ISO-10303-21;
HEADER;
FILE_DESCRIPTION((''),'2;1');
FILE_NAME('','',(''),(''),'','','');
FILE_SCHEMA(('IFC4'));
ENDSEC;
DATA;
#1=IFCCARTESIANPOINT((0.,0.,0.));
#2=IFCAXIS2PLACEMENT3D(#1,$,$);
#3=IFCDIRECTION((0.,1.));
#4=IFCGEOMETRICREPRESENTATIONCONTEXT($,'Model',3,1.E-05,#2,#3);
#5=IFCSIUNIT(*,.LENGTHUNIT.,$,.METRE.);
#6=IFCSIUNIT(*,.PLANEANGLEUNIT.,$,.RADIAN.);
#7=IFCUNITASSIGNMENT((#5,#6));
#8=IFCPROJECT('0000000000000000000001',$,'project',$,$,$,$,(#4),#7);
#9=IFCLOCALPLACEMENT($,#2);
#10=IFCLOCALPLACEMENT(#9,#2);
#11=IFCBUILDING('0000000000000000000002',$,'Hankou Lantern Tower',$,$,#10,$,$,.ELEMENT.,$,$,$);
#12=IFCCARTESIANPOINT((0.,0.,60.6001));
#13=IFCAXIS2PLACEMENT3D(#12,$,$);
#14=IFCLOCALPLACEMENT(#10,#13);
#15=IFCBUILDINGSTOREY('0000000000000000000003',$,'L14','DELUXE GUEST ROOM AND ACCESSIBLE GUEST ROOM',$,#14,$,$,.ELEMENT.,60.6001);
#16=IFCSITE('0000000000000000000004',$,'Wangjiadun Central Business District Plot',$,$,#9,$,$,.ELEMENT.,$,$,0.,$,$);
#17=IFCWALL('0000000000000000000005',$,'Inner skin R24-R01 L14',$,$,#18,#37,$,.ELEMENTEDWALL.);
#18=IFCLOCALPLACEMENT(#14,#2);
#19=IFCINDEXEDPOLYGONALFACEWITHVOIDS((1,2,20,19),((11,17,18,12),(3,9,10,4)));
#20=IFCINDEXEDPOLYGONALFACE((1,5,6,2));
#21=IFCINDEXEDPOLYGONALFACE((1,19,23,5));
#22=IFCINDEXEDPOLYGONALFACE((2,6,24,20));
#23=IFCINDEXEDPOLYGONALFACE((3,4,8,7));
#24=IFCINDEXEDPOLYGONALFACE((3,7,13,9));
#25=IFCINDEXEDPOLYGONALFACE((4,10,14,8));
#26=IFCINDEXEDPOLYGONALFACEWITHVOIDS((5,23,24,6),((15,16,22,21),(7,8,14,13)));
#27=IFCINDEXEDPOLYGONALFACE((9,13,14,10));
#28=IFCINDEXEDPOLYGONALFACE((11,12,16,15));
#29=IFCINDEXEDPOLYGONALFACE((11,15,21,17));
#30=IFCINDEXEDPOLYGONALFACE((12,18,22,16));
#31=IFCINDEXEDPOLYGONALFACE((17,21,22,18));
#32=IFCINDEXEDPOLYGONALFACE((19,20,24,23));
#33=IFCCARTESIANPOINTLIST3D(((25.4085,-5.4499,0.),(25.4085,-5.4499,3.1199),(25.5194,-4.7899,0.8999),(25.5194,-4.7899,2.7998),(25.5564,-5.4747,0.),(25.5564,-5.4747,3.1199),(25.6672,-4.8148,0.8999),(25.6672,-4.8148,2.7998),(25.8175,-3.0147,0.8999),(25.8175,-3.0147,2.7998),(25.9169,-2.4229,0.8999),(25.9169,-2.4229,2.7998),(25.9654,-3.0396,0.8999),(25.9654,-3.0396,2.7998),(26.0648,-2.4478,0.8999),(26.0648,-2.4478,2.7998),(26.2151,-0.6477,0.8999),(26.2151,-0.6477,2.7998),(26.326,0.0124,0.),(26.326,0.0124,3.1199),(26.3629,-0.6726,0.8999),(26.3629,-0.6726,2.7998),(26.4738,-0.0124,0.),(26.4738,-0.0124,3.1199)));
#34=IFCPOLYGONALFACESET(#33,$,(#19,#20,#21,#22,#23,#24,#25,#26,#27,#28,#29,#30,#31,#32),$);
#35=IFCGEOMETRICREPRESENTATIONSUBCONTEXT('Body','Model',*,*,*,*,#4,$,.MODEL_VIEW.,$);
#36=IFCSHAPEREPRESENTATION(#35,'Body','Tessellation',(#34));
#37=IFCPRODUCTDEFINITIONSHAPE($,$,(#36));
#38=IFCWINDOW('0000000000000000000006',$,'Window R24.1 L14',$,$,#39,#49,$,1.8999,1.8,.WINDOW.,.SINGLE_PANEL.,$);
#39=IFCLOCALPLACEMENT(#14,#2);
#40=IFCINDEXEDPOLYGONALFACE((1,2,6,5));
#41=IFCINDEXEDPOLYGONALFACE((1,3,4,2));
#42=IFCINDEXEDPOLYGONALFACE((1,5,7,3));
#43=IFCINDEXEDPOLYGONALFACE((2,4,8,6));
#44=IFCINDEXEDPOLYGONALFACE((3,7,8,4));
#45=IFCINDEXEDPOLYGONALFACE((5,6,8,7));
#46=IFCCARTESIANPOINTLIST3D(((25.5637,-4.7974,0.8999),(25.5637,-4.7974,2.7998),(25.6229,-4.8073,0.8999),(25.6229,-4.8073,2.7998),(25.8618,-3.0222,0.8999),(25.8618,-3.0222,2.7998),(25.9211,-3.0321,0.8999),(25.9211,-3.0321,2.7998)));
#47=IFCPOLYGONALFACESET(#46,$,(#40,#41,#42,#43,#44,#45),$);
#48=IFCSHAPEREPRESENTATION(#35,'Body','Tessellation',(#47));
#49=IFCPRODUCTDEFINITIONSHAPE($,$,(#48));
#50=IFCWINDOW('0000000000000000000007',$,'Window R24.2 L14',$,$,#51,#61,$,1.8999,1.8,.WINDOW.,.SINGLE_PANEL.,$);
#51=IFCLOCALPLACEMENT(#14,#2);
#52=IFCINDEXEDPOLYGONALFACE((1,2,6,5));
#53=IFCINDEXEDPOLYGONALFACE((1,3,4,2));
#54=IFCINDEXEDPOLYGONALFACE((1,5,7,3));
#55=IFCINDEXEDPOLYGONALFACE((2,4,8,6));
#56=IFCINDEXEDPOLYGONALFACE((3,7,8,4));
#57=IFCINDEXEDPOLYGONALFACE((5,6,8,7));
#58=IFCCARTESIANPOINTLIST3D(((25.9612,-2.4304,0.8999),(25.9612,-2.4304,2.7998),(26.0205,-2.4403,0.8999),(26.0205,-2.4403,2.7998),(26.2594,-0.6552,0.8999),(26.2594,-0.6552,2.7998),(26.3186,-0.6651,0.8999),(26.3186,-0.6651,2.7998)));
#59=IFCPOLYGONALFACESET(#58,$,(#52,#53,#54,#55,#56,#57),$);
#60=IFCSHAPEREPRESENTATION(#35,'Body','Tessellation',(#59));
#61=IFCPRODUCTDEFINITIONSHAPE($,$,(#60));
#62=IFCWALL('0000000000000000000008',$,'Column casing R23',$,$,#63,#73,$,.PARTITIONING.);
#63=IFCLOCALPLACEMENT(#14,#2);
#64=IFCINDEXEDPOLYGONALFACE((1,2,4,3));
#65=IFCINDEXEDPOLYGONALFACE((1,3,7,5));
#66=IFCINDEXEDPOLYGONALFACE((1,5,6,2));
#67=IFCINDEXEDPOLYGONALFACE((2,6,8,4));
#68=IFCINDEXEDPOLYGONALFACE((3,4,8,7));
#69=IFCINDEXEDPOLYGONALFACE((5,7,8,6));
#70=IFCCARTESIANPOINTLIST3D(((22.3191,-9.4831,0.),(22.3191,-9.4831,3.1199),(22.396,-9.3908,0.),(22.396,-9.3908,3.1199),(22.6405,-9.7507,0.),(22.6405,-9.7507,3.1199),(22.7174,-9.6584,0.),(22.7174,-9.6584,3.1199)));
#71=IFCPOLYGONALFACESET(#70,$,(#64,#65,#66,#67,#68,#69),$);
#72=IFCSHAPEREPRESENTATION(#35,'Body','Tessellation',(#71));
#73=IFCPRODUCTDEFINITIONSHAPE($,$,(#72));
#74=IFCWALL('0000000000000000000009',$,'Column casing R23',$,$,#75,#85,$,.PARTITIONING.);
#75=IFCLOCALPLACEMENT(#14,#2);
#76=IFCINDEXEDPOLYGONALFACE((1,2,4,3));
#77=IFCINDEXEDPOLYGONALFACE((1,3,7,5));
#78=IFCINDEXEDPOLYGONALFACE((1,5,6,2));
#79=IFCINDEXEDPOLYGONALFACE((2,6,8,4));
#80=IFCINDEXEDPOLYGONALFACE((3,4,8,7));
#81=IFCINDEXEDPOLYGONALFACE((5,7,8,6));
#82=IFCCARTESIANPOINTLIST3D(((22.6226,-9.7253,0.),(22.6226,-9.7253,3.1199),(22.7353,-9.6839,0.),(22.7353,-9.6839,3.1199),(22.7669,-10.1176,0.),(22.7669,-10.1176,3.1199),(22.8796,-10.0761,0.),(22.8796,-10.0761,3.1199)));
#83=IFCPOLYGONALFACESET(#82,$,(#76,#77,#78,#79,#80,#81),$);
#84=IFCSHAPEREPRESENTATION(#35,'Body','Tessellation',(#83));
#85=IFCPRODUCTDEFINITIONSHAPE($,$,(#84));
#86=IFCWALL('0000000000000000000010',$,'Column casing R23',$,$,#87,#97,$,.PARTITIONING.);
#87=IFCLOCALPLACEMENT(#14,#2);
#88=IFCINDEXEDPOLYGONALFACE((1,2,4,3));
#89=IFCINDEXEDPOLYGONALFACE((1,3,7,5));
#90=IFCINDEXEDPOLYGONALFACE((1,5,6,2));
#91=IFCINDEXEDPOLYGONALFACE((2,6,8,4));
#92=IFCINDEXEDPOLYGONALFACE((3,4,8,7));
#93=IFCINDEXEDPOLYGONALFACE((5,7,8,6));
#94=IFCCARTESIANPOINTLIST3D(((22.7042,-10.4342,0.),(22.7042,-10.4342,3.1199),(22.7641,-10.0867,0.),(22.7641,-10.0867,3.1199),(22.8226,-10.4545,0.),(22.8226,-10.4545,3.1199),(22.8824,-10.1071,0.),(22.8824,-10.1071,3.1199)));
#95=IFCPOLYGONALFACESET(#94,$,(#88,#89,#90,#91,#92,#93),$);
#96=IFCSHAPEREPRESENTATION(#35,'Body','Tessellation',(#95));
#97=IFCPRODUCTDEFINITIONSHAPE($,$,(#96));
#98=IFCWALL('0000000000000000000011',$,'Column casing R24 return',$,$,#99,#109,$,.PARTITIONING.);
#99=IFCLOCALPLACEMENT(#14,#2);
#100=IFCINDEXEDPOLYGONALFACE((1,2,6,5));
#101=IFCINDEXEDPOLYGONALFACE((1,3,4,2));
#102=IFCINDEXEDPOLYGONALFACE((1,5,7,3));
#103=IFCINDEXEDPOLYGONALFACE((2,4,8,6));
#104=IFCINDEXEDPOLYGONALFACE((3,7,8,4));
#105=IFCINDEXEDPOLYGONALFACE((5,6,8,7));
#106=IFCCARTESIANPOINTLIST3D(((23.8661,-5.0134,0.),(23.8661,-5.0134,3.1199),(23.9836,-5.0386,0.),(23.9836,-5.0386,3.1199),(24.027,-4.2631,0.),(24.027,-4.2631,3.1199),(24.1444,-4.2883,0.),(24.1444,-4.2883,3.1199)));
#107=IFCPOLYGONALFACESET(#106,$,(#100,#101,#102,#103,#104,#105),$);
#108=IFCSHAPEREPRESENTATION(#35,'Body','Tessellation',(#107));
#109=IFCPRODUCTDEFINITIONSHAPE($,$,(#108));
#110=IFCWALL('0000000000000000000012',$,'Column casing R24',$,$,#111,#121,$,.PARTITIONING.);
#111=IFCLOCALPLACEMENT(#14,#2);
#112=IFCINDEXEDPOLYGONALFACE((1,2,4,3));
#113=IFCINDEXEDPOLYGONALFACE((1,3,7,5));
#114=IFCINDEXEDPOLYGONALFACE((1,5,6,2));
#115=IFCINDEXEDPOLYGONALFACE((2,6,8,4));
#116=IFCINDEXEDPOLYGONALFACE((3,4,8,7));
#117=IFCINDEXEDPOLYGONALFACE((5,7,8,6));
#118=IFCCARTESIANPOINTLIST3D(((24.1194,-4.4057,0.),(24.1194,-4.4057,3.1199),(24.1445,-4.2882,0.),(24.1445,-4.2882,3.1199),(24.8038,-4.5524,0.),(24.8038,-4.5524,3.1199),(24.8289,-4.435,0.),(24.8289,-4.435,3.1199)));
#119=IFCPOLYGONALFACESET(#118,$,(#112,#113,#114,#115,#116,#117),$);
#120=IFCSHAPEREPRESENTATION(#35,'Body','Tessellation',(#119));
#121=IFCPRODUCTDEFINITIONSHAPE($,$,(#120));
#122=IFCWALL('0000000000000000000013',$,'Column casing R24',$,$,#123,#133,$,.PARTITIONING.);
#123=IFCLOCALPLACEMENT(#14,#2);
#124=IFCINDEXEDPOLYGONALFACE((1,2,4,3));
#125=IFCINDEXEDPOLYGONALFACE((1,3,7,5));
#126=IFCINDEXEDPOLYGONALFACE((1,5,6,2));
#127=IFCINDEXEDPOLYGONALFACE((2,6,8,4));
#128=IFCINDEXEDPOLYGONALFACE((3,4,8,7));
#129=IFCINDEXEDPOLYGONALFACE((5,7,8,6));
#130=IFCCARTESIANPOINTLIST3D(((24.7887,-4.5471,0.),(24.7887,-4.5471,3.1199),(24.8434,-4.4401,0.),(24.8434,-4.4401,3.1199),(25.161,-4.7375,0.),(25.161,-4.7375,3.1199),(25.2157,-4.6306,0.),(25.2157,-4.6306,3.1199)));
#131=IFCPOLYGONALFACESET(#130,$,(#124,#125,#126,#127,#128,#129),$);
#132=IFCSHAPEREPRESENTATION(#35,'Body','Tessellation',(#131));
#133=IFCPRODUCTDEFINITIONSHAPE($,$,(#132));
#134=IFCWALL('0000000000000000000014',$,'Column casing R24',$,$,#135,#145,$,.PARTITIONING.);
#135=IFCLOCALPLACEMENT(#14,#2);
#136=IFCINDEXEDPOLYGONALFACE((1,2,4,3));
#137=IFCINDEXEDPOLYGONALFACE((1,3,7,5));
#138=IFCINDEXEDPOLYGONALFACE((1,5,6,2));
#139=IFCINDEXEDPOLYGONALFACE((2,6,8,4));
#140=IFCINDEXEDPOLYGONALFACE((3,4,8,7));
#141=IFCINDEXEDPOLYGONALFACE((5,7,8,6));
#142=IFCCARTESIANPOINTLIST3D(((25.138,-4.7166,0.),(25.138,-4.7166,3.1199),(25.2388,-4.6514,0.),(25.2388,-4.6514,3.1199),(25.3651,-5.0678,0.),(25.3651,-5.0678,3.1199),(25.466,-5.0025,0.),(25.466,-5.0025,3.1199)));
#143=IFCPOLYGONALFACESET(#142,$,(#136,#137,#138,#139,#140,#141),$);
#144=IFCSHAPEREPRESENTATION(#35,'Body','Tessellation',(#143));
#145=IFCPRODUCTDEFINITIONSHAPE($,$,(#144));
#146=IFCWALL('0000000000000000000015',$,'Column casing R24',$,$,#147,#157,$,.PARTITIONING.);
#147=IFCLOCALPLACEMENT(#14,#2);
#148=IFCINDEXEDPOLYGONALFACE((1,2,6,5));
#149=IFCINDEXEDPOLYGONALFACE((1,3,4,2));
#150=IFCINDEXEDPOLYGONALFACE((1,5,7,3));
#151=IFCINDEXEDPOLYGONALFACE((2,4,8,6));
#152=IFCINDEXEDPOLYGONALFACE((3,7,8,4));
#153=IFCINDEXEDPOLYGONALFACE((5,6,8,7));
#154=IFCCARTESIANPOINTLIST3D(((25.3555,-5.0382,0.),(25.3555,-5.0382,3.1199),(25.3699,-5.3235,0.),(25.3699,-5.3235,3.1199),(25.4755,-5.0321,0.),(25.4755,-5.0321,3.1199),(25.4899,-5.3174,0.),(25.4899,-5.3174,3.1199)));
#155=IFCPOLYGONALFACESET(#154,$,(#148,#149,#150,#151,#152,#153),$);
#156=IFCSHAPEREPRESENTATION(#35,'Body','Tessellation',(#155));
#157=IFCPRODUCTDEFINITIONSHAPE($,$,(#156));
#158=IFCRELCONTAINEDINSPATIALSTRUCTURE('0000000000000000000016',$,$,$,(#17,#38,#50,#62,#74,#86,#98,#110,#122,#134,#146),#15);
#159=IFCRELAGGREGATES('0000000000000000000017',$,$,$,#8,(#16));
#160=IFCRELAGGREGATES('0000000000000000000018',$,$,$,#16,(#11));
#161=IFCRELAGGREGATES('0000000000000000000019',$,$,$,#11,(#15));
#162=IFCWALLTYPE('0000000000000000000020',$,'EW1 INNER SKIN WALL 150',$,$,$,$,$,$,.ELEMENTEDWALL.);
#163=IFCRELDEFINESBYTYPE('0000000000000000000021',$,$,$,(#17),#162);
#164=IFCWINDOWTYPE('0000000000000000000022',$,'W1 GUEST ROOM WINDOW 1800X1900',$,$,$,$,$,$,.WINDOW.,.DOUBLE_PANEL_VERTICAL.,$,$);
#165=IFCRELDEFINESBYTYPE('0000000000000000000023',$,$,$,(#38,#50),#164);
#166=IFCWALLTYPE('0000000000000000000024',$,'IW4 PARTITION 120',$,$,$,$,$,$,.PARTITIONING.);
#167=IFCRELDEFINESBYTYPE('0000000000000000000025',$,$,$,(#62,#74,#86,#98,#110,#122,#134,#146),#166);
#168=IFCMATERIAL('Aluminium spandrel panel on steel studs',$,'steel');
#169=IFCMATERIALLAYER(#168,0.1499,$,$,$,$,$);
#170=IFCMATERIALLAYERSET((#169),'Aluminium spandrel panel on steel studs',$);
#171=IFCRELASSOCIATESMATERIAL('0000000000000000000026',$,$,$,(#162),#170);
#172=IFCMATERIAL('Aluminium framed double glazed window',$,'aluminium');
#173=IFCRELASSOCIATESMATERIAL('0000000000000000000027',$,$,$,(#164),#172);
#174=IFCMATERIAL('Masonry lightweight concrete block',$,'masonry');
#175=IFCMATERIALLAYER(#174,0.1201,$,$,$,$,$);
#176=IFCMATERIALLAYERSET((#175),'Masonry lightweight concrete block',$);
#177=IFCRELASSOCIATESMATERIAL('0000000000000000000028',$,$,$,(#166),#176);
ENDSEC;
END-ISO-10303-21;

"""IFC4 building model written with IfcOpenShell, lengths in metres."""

from ifc_helpers import new_model, si_unit, direction, frame, frame_2d, origin, place, context, subcontext, project, spatial, rectangle, extrude, material, layer, layer_set, type_object, element, fill, save


model = new_model("IFC4")

# Units and contexts
model_context = context("Model", 3, precision=1e-05, world=origin(), true_north=direction((0.0, 1.0)))
body_context = subcontext(model_context, "Body", "Model", "MODEL_VIEW")
ifc_project = project(units=[si_unit("LENGTHUNIT", "METRE"), si_unit("PLANEANGLEUNIT", "RADIAN")], contexts=[model_context])

# Site, building, storey
site_placement = place(None, origin())
site = spatial("IfcSite", under=ifc_project, at=site_placement, Name="Wangjiadun Central Business District Plot", CompositionType="ELEMENT", RefElevation=0.0)
building_placement = place(site_placement, origin())
building = spatial("IfcBuilding", under=site, at=building_placement, Name="Hankou Lantern Tower", CompositionType="ELEMENT")
storey_placement = place(building_placement, frame((0.0, 0.0, 60.6001)))
storey = spatial("IfcBuildingStorey", under=building, at=storey_placement, Name="L14", Description="DELUXE GUEST ROOM AND ACCESSIBLE GUEST ROOM", CompositionType="ELEMENT", Elevation=60.6001)

# Wall, openings, windows
ifc_material_1 = material(Name="Aluminium spandrel panel on steel studs", Category="steel")
ifc_layer_1 = layer(ifc_material_1, 0.1499)
ifc_layer_set_1 = layer_set([ifc_layer_1], Name="Aluminium spandrel panel on steel studs")
wall_type_1 = type_object("IfcWallType", Name="EW1 INNER SKIN WALL 150", PredefinedType="ELEMENTEDWALL", material=ifc_layer_set_1)
wall_1_placement = place(storey_placement, frame((25.4824, -5.4624, 0.0), z_axis=(0.0, 0.0, 1.0), x_axis=(0.165643, 0.986186, 0.0)))
wall_1 = element("IfcWall", 1, at=wall_1_placement, inside=storey, type_object=wall_type_1, Name="Inner skin R24-R01 L14", PredefinedType="ELEMENTEDWALL", context=body_context, shape_type="SweptSolid", body=[
    extrude(rectangle(XDim=5.5388, YDim=0.1499, at=frame_2d((2.7695, 0.0))), origin(), (0.0, 0.0, 1.0), 3.1199),
])
opening_1_placement = place(wall_1_placement, frame((0.6694, 0.0, 0.8999)))
opening_1 = element("IfcOpeningElement", 2, at=opening_1_placement, cuts=wall_1, PredefinedType="OPENING", context=body_context, shape_type="SweptSolid", body=[
    extrude(rectangle(XDim=1.8, YDim=1.8999, at=frame_2d((0.8999, 0.95))), frame((0.0, 0.085, 0.0), z_axis=(0.0, -1.0, 0.0), x_axis=(1.0, 0.0, 0.0)), (0.0, 0.0, 1.0), 0.1699),
])
opening_2_placement = place(wall_1_placement, frame((3.0696, 0.0, 0.8999)))
opening_2 = element("IfcOpeningElement", 3, at=opening_2_placement, cuts=wall_1, PredefinedType="OPENING", context=body_context, shape_type="SweptSolid", body=[
    extrude(rectangle(XDim=1.8, YDim=1.8999, at=frame_2d((0.8999, 0.95))), frame((0.0, 0.085, 0.0), z_axis=(0.0, -1.0, 0.0), x_axis=(1.0, 0.0, 0.0)), (0.0, 0.0, 1.0), 0.1699),
])
ifc_material_2 = material(Name="Aluminium framed double glazed window", Category="aluminium")
window_type = type_object("IfcWindowType", Name="W1 GUEST ROOM WINDOW 1800X1900", PartitioningType="DOUBLE_PANEL_VERTICAL", PredefinedType="WINDOW", material=ifc_material_2)
window_1_placement = place(opening_1_placement, origin())
window_1 = element("IfcWindow", 4, at=window_1_placement, inside=storey, type_object=window_type, Name="Window R24.1 L14", OverallHeight=1.8999, OverallWidth=1.8, PartitioningType="SINGLE_PANEL", PredefinedType="WINDOW", context=body_context, shape_type="SweptSolid", body=[
    extrude(rectangle(XDim=1.8, YDim=1.8999, at=frame_2d((0.8999, 0.95))), frame((0.0, 0.03, 0.0), z_axis=(0.0, -1.0, 0.0), x_axis=(1.0, 0.0, 0.0)), (0.0, 0.0, 1.0), 0.0601),
])
fill(opening_1, window_1)
window_2_placement = place(opening_2_placement, origin())
window_2 = element("IfcWindow", 5, at=window_2_placement, inside=storey, type_object=window_type, Name="Window R24.2 L14", OverallHeight=1.8999, OverallWidth=1.8, PartitioningType="SINGLE_PANEL", PredefinedType="WINDOW", context=body_context, shape_type="SweptSolid", body=[
    extrude(rectangle(XDim=1.8, YDim=1.8999, at=frame_2d((0.8999, 0.95))), frame((0.0, 0.03, 0.0), z_axis=(0.0, -1.0, 0.0), x_axis=(1.0, 0.0, 0.0)), (0.0, 0.0, 1.0), 0.0601),
])
fill(opening_2, window_2)

# Walls
ifc_material_3 = material(Name="Masonry lightweight concrete block", Category="masonry")
ifc_layer_2 = layer(ifc_material_3, 0.1201)
ifc_layer_set_2 = layer_set([ifc_layer_2], Name="Masonry lightweight concrete block")
wall_type_2 = type_object("IfcWallType", Name="IW4 PARTITION 120", PredefinedType="PARTITIONING", material=ifc_layer_set_2)
wall_2_placement = place(storey_placement, frame((22.3577, -9.437, 0.0), z_axis=(0.0, 0.0, 1.0), x_axis=(0.768413, -0.639955, 0.0)))
element("IfcWall", 6, at=wall_2_placement, inside=storey, type_object=wall_type_2, Name="Column casing R23", PredefinedType="PARTITIONING", context=body_context, shape_type="SweptSolid", body=[
    extrude(rectangle(XDim=0.4182, YDim=0.1201, at=frame_2d((0.209, 0.0))), origin(), (0.0, 0.0, 1.0), 3.1199),
])
wall_3_placement = place(storey_placement, frame((22.679, -9.7046, 0.0), z_axis=(0.0, 0.0, 1.0), x_axis=(0.345164, -0.938542, 0.0)))
element("IfcWall", 7, at=wall_3_placement, inside=storey, type_object=wall_type_2, Name="Column casing R23", PredefinedType="PARTITIONING", context=body_context, shape_type="SweptSolid", body=[
    extrude(rectangle(XDim=0.418, YDim=0.1201, at=frame_2d((0.209, 0.0))), origin(), (0.0, 0.0, 1.0), 3.1199),
])
wall_4_placement = place(storey_placement, frame((22.8232, -10.0969, 0.0), z_axis=(0.0, 0.0, 1.0), x_axis=(-0.169675, -0.9855, 0.0)))
element("IfcWall", 8, at=wall_4_placement, inside=storey, type_object=wall_type_2, Name="Column casing R23", PredefinedType="PARTITIONING", context=body_context, shape_type="SweptSolid", body=[
    extrude(rectangle(XDim=0.3525, YDim=0.1201, at=frame_2d((0.1763, 0.0))), origin(), (0.0, 0.0, 1.0), 3.1199),
])
wall_5_placement = place(storey_placement, frame((23.9248, -5.0261, 0.0), z_axis=(0.0, 0.0, 1.0), x_axis=(0.209681, 0.97777, 0.0)))
element("IfcWall", 9, at=wall_5_placement, inside=storey, type_object=wall_type_2, Name="Column casing R24 return", PredefinedType="PARTITIONING", context=body_context, shape_type="SweptSolid", body=[
    extrude(rectangle(XDim=0.7673, YDim=0.1201, at=frame_2d((0.3838, 0.0))), origin(), (0.0, 0.0, 1.0), 3.1199),
])
wall_6_placement = place(storey_placement, frame((24.1318, -4.3469, 0.0), z_axis=(0.0, 0.0, 1.0), x_axis=(0.977777, -0.209648, 0.0)))
element("IfcWall", 10, at=wall_6_placement, inside=storey, type_object=wall_type_2, Name="Column casing R24", PredefinedType="PARTITIONING", context=body_context, shape_type="SweptSolid", body=[
    extrude(rectangle(XDim=0.7, YDim=0.1201, at=frame_2d((0.3501, 0.0))), origin(), (0.0, 0.0, 1.0), 3.1199),
])
for number, where, z_axis, x_axis, name in (
    (11, (24.8162, -4.4937, 0.0), (0.0, 0.0, 1.0), (0.890303, -0.455368, 0.0), "Column casing R24"),
    (12, (25.1885, -4.6841, 0.0), (0.0, 0.0, 1.0), (0.543058, -0.839695, 0.0), "Column casing R24"),
):
    element("IfcWall", number, at=place(storey_placement, frame(where, z_axis=z_axis, x_axis=x_axis)), inside=storey, type_object=wall_type_2, Name=name, PredefinedType="PARTITIONING", context=body_context, shape_type="SweptSolid", body=[
        extrude(rectangle(XDim=0.4182, YDim=0.1201, at=frame_2d((0.209, 0.0))), origin(), (0.0, 0.0, 1.0), 3.1199),
    ])
wall_7_placement = place(storey_placement, frame((25.4155, -5.0352, 0.0), z_axis=(0.0, 0.0, 1.0), x_axis=(0.050406, -0.998729, 0.0)))
element("IfcWall", 13, at=wall_7_placement, inside=storey, type_object=wall_type_2, Name="Column casing R24", PredefinedType="PARTITIONING", context=body_context, shape_type="SweptSolid", body=[
    extrude(rectangle(XDim=0.2856, YDim=0.1201, at=frame_2d((0.1428, 0.0))), origin(), (0.0, 0.0, 1.0), 3.1199),
])

save(model, "model.ifc")
